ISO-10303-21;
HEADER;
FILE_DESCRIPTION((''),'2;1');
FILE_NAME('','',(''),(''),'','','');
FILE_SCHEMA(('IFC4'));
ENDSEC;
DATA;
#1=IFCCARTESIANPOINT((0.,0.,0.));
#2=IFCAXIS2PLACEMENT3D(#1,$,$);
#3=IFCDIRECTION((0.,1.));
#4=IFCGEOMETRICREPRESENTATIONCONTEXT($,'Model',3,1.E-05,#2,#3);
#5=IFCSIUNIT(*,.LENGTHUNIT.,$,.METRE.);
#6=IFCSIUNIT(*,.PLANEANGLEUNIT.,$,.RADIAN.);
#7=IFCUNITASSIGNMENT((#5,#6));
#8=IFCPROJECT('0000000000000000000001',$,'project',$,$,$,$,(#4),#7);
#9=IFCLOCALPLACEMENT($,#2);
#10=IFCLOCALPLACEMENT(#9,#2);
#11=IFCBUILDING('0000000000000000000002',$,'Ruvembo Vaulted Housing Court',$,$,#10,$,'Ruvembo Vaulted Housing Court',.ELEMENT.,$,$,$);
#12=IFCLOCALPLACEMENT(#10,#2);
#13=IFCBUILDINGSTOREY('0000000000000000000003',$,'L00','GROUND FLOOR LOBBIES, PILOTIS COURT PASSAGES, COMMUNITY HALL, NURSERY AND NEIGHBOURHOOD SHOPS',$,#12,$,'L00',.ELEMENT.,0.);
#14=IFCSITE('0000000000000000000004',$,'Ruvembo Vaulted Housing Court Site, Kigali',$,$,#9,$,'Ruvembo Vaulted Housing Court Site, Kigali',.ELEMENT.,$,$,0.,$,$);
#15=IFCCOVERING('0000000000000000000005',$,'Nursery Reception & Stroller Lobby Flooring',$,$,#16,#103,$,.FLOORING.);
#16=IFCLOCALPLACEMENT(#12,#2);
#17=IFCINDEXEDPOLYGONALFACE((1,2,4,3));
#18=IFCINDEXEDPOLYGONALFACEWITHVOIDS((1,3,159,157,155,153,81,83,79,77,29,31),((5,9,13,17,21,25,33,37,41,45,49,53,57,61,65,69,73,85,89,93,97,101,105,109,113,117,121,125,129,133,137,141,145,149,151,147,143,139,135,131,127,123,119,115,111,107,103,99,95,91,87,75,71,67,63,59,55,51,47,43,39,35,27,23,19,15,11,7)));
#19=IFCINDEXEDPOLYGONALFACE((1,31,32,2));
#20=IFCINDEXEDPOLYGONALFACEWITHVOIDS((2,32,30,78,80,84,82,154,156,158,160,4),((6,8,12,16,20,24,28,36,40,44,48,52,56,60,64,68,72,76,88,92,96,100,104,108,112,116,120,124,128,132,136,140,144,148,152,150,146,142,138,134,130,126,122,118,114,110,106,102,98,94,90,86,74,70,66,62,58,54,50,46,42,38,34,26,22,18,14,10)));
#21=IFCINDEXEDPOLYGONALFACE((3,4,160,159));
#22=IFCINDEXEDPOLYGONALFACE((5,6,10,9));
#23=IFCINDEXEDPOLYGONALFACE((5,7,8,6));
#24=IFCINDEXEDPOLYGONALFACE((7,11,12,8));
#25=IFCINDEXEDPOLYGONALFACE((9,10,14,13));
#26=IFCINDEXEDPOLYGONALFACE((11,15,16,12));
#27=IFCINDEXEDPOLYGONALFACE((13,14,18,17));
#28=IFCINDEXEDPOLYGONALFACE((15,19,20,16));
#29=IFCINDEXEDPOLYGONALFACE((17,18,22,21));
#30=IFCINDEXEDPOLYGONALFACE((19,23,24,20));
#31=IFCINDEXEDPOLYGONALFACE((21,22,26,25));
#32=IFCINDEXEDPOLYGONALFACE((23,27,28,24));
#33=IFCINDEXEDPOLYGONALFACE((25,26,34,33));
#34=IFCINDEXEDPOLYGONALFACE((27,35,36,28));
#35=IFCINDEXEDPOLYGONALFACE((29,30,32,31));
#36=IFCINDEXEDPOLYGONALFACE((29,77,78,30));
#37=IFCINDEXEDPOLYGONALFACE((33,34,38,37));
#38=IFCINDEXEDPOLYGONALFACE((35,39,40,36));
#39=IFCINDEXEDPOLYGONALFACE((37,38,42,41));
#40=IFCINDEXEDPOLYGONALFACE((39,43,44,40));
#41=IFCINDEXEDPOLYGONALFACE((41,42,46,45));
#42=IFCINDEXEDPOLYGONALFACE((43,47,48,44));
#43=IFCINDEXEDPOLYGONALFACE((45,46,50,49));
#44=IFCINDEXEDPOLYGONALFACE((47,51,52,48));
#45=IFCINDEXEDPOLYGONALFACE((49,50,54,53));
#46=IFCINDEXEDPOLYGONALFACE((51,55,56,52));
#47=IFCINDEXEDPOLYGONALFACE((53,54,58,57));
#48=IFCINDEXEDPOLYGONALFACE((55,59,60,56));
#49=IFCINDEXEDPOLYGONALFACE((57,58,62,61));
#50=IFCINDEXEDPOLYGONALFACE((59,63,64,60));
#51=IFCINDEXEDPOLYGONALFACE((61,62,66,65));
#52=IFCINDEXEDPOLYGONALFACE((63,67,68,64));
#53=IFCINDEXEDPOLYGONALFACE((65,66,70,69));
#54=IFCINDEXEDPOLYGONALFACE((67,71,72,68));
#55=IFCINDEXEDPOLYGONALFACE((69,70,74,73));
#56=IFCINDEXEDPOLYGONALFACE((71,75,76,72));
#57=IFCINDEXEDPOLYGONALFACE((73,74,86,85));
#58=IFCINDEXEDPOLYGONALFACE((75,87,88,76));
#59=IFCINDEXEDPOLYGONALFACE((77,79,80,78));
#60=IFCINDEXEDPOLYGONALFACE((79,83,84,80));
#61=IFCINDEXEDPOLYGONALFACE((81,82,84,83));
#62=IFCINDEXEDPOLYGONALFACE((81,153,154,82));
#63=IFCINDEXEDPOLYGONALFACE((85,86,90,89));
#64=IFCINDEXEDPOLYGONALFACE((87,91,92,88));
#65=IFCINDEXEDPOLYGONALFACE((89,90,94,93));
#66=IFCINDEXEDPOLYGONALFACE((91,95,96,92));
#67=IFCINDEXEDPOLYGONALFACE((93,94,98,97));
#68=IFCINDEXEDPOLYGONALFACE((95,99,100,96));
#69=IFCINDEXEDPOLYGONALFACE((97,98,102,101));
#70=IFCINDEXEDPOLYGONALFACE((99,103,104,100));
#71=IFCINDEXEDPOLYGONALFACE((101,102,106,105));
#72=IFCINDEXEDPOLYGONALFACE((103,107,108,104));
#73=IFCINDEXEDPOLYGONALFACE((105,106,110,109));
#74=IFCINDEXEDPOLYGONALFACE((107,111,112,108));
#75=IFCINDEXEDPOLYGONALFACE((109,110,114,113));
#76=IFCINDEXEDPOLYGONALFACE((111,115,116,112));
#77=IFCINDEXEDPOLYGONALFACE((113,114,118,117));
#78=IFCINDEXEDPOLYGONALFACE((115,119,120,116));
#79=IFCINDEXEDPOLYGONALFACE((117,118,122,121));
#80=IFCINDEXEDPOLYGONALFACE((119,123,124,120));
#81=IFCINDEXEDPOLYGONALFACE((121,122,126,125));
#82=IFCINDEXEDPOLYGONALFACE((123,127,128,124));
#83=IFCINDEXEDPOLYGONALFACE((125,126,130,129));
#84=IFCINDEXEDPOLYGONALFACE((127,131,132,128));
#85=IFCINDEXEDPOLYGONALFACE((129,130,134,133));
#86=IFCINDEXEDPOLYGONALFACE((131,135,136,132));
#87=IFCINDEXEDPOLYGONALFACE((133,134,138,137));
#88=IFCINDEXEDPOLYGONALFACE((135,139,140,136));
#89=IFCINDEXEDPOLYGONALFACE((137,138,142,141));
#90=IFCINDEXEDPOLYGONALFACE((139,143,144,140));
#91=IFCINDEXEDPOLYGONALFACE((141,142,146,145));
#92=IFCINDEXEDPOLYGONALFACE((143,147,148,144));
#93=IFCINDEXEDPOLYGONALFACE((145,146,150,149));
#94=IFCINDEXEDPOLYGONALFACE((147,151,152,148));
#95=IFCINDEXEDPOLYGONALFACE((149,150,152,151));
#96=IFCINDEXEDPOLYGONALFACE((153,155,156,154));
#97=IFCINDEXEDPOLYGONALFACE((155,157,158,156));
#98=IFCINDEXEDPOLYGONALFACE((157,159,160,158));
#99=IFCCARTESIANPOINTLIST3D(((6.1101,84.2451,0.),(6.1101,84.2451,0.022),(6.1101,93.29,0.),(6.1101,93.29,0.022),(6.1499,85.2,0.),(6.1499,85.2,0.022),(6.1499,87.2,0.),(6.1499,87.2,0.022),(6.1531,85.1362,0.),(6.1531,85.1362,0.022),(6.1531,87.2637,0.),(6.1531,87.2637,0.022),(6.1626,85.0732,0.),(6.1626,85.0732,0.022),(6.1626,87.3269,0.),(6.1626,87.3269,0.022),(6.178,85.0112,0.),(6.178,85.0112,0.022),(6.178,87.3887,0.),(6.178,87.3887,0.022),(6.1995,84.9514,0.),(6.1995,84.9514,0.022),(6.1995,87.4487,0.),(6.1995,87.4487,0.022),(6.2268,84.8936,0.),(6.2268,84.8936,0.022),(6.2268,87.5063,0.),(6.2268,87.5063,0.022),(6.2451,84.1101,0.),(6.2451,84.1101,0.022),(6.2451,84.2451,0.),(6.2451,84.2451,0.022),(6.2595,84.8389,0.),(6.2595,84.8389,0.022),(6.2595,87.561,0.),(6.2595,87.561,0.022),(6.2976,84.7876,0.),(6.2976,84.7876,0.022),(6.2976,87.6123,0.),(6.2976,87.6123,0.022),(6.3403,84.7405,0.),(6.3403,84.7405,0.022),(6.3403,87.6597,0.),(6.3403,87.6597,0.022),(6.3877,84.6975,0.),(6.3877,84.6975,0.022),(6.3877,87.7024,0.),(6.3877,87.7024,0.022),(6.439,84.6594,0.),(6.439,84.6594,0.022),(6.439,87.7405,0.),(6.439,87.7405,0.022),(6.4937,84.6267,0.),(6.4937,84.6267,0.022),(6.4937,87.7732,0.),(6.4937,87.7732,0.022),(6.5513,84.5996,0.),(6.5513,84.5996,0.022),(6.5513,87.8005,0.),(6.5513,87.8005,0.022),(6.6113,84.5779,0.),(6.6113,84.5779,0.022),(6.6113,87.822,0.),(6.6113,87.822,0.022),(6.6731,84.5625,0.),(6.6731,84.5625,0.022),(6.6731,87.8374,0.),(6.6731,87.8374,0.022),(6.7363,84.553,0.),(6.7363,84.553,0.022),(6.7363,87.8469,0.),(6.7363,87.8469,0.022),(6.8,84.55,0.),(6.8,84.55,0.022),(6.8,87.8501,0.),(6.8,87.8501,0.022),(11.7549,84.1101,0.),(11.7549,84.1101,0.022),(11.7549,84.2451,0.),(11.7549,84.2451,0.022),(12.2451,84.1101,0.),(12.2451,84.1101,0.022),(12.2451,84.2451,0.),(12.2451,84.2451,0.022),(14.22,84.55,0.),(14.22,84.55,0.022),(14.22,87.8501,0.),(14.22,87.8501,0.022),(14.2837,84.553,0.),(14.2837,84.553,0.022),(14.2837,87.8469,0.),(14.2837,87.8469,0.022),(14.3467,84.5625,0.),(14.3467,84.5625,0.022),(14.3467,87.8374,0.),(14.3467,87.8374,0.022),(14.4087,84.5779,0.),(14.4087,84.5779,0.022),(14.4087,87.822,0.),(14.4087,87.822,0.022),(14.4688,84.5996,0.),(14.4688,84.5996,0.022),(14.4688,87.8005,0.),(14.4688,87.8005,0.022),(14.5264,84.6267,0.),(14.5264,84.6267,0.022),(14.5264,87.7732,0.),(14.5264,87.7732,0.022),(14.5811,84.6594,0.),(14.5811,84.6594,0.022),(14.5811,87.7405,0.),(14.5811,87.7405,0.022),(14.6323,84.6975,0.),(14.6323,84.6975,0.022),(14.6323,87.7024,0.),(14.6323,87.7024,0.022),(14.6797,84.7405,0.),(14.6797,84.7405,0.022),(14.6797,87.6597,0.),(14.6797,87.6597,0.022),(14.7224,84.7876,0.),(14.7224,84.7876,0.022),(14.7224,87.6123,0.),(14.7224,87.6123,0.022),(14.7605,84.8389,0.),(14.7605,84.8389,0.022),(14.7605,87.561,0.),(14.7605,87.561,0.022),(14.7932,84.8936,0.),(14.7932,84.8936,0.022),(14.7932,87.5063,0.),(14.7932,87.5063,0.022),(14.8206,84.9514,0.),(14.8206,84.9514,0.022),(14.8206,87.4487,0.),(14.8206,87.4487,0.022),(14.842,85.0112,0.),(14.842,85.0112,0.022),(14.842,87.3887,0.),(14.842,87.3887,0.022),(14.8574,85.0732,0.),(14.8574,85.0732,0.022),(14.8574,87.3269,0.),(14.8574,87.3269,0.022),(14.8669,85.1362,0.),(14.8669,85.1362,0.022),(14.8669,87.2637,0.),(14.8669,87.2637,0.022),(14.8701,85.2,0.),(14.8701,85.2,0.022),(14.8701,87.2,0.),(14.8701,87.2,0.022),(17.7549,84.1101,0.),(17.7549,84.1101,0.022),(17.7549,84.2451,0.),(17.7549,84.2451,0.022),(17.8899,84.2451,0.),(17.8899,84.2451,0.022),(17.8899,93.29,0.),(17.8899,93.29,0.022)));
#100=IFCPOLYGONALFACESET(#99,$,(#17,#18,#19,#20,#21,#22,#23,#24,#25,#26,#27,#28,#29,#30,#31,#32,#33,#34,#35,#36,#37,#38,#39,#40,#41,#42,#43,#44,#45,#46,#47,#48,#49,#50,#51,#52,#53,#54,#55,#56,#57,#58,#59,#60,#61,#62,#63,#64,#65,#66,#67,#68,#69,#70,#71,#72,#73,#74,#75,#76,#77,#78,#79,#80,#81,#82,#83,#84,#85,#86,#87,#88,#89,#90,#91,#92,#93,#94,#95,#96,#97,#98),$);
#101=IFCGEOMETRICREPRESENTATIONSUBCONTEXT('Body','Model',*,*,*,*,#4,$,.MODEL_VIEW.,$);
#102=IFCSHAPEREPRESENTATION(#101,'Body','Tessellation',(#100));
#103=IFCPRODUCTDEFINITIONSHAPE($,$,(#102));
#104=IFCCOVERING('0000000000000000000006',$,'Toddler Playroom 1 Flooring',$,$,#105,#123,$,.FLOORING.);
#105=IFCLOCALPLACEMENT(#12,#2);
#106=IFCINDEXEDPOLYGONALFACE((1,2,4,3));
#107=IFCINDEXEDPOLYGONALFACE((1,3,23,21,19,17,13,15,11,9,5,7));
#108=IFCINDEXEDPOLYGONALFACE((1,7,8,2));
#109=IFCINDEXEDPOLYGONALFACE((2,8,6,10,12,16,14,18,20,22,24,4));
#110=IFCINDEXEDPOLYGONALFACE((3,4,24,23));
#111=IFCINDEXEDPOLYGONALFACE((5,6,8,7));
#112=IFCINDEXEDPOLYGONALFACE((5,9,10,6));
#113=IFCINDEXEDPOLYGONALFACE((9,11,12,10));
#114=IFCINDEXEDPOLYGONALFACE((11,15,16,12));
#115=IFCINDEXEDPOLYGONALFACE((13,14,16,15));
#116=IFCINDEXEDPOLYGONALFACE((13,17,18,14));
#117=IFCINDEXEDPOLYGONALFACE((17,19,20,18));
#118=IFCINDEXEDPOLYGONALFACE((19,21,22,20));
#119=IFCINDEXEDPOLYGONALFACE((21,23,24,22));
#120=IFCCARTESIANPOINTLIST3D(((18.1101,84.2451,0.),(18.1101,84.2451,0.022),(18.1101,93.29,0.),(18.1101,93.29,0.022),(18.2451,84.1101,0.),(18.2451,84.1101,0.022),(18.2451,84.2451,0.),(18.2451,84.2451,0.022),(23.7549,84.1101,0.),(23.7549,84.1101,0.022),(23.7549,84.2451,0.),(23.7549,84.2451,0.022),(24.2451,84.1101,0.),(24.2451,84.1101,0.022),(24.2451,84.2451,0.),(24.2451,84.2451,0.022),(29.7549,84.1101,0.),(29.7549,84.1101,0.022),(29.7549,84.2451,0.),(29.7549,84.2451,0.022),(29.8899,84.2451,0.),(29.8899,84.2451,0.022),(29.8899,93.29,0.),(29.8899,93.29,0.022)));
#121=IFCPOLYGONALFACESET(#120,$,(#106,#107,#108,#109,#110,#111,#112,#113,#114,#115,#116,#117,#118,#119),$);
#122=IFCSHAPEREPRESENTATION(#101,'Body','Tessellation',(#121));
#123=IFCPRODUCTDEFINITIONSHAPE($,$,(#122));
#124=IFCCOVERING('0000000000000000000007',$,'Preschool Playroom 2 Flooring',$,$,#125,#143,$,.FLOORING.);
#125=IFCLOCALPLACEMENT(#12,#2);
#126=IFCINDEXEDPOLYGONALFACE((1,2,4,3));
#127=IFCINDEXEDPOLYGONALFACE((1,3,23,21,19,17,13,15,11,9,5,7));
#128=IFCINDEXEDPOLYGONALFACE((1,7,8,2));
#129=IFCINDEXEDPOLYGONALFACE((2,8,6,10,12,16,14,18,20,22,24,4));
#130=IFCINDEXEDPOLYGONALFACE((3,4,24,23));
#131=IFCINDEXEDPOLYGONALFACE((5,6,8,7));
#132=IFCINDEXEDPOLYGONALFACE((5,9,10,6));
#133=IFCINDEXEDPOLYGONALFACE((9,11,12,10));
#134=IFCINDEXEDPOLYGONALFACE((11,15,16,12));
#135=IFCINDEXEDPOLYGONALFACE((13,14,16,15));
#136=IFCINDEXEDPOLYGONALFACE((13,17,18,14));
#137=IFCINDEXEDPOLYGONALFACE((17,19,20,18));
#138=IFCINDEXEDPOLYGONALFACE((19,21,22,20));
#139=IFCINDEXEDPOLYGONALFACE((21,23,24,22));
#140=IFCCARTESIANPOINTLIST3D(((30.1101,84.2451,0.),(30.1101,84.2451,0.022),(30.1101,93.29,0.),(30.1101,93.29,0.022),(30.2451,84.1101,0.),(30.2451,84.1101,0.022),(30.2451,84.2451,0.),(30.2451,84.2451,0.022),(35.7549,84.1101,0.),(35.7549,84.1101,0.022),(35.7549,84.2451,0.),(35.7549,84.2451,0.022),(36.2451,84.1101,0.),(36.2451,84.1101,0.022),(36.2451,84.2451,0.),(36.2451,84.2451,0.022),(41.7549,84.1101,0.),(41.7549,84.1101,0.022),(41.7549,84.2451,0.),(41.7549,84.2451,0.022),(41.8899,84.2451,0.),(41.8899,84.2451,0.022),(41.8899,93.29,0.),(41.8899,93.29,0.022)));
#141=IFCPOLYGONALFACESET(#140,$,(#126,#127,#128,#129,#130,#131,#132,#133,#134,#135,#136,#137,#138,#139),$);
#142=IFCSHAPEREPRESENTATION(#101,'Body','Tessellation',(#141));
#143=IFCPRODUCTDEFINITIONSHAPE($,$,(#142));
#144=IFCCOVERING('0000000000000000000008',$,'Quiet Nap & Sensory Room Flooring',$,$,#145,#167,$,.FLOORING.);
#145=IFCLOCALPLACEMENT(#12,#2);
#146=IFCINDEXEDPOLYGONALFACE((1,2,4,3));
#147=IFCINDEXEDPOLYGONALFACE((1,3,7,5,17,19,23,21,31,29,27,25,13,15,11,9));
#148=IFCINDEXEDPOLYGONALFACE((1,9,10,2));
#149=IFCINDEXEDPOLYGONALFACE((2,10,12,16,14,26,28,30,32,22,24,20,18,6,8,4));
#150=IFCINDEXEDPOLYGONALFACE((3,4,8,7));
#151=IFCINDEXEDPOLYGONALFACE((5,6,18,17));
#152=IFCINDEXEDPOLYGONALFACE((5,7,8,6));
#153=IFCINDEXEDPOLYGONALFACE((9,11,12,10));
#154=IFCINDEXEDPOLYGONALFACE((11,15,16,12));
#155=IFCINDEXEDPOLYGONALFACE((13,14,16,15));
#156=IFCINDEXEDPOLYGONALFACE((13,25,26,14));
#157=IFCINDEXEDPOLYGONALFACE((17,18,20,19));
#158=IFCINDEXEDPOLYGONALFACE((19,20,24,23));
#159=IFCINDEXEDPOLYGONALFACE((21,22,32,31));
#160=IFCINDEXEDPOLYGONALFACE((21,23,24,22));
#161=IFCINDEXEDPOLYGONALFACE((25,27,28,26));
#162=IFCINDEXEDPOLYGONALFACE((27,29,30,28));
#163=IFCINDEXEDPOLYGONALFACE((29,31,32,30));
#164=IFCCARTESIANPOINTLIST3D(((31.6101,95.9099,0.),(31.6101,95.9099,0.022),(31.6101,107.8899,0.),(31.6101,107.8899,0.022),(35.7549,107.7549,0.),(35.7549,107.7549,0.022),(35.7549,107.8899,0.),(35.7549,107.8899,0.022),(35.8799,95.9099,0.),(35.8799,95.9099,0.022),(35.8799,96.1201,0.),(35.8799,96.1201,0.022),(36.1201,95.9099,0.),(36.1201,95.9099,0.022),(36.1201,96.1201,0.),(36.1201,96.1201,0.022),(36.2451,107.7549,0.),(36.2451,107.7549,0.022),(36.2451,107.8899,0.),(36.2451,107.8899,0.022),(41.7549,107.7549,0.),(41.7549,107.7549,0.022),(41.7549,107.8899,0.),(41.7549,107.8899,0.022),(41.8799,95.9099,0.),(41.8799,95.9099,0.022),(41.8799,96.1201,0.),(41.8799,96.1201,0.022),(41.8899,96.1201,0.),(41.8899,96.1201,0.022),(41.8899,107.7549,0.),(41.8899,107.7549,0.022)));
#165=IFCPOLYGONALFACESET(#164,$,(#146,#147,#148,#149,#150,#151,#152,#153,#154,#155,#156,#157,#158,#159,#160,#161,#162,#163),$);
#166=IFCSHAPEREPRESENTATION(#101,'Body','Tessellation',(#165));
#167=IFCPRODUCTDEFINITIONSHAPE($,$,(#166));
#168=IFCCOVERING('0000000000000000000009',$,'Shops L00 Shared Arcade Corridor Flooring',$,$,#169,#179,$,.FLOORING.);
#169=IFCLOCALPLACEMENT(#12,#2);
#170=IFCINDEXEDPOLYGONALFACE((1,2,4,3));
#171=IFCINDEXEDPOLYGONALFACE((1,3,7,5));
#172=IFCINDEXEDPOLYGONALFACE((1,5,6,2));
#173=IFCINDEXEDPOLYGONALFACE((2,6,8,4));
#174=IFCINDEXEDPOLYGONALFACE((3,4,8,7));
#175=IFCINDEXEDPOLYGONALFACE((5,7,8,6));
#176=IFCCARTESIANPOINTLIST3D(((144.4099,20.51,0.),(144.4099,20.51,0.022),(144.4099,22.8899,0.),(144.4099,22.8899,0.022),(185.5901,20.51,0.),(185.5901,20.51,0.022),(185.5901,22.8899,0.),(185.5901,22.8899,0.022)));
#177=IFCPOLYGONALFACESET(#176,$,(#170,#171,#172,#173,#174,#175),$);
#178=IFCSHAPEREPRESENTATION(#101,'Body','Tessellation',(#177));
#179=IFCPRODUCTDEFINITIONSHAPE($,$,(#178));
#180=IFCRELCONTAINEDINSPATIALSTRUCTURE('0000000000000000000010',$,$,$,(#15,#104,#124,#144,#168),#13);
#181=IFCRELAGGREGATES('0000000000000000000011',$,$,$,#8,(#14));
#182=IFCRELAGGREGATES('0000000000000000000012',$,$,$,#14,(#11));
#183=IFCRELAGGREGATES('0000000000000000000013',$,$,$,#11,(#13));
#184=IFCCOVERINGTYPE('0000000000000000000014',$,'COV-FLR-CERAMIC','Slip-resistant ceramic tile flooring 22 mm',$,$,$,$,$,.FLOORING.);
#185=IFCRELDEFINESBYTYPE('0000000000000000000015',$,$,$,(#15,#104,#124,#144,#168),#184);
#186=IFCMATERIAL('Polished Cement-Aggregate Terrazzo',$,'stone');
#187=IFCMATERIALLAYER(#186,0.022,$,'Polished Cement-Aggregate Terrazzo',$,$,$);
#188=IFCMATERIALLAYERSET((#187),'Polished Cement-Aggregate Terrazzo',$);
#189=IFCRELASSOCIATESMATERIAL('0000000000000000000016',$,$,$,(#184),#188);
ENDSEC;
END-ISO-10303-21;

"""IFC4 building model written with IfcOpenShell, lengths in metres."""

from ifc_helpers import new_model, si_unit, direction, origin, place, context, subcontext, project, spatial, polyline, outline, extrude, material, layer, layer_set, type_object, element, save


model = new_model("IFC4")

# Units and contexts
model_context = context("Model", 3, precision=1e-05, world=origin(), true_north=direction((0.0, 1.0)))
body_context = subcontext(model_context, "Body", "Model", "MODEL_VIEW")
ifc_project = project(units=[si_unit("LENGTHUNIT", "METRE"), si_unit("PLANEANGLEUNIT", "RADIAN")], contexts=[model_context])

# Site, building, storey
site_placement = place(None, origin())
site = spatial("IfcSite", under=ifc_project, at=site_placement, Name="Ruvembo Vaulted Housing Court Site, Kigali", LongName="Ruvembo Vaulted Housing Court Site, Kigali", CompositionType="ELEMENT", RefElevation=0.0)
building_placement = place(site_placement, origin())
building = spatial("IfcBuilding", under=site, at=building_placement, Name="Ruvembo Vaulted Housing Court", LongName="Ruvembo Vaulted Housing Court", CompositionType="ELEMENT")
storey_placement = place(building_placement, origin())
storey = spatial("IfcBuildingStorey", under=building, at=storey_placement, Name="L00", Description="GROUND FLOOR LOBBIES, PILOTIS COURT PASSAGES, COMMUNITY HALL, NURSERY AND NEIGHBOURHOOD SHOPS", LongName="L00", CompositionType="ELEMENT", Elevation=0.0)

# Coverings
ifc_material_1 = material(Name="Polished Cement-Aggregate Terrazzo", Category="stone")
ifc_layer_1 = layer(ifc_material_1, 0.022, Name="Polished Cement-Aggregate Terrazzo")
ifc_layer_set_1 = layer_set([ifc_layer_1], Name="Polished Cement-Aggregate Terrazzo")
covering_type = type_object("IfcCoveringType", Name="COV-FLR-CERAMIC", Description="Slip-resistant ceramic tile flooring 22 mm", PredefinedType="FLOORING", material=ifc_layer_set_1)
covering_1_placement = place(storey_placement, origin())
element("IfcCovering", 1, at=covering_1_placement, inside=storey, type_object=covering_type, Name="Nursery Reception & Stroller Lobby Flooring", PredefinedType="FLOORING", context=body_context, shape_type="SweptSolid", body=[
    extrude(outline(polyline([(17.8899, 84.2451), (17.8899, 93.29), (6.1101, 93.29), (6.1101, 84.2451), (6.2451, 84.2451), (6.2451, 84.1101), (11.7549, 84.1101), (11.7549, 84.2451), (12.2451, 84.2451), (12.2451, 84.1101), (17.7549, 84.1101), (17.7549, 84.2451), (17.8899, 84.2451)]), holes=[polyline([(14.3467, 84.5625), (14.4087, 84.5779), (14.4688, 84.5996), (14.5264, 84.6267), (14.5811, 84.6594), (14.6323, 84.6975), (14.6797, 84.7405), (14.7224, 84.7876), (14.7605, 84.8389), (14.7932, 84.8936), (14.8206, 84.9514), (14.842, 85.0112), (14.8574, 85.0732), (14.8669, 85.1362), (14.8701, 85.2), (14.8701, 87.2), (14.8669, 87.2637), (14.8574, 87.3269), (14.842, 87.3887), (14.8206, 87.4487), (14.7932, 87.5063), (14.7605, 87.561), (14.7224, 87.6123), (14.6797, 87.6597), (14.6323, 87.7024), (14.5811, 87.7405), (14.5264, 87.7732), (14.4688, 87.8005), (14.4087, 87.822), (14.3467, 87.8374), (14.2837, 87.8469), (14.22, 87.8501), (6.8, 87.8501), (6.7363, 87.8469), (6.6731, 87.8374), (6.6113, 87.822), (6.5513, 87.8005), (6.4937, 87.7732), (6.439, 87.7405), (6.3877, 87.7024), (6.3403, 87.6597), (6.2976, 87.6123), (6.2595, 87.561), (6.2268, 87.5063), (6.1995, 87.4487), (6.178, 87.3887), (6.1626, 87.3269), (6.1531, 87.2637), (6.1499, 87.2), (6.1499, 85.2), (6.1531, 85.1362), (6.1626, 85.0732), (6.178, 85.0112), (6.1995, 84.9514), (6.2268, 84.8936), (6.2595, 84.8389), (6.2976, 84.7876), (6.3403, 84.7405), (6.3877, 84.6975), (6.439, 84.6594), (6.4937, 84.6267), (6.5513, 84.5996), (6.6113, 84.5779), (6.6731, 84.5625), (6.7363, 84.553), (6.8, 84.55), (14.22, 84.55), (14.2837, 84.553), (14.3467, 84.5625)])]), origin(), (0.0, 0.0, 1.0), 0.022),
])
covering_2_placement = place(storey_placement, origin())
element("IfcCovering", 2, at=covering_2_placement, inside=storey, type_object=covering_type, Name="Toddler Playroom 1 Flooring", PredefinedType="FLOORING", context=body_context, shape_type="SweptSolid", body=[
    extrude(outline(polyline([(29.8899, 84.2451), (29.8899, 93.29), (18.1101, 93.29), (18.1101, 84.2451), (18.2451, 84.2451), (18.2451, 84.1101), (23.7549, 84.1101), (23.7549, 84.2451), (24.2451, 84.2451), (24.2451, 84.1101), (29.7549, 84.1101), (29.7549, 84.2451), (29.8899, 84.2451)])), origin(), (0.0, 0.0, 1.0), 0.022),
])
covering_3_placement = place(storey_placement, origin())
element("IfcCovering", 3, at=covering_3_placement, inside=storey, type_object=covering_type, Name="Preschool Playroom 2 Flooring", PredefinedType="FLOORING", context=body_context, shape_type="SweptSolid", body=[
    extrude(outline(polyline([(41.8899, 84.2451), (41.8899, 93.29), (30.1101, 93.29), (30.1101, 84.2451), (30.2451, 84.2451), (30.2451, 84.1101), (35.7549, 84.1101), (35.7549, 84.2451), (36.2451, 84.2451), (36.2451, 84.1101), (41.7549, 84.1101), (41.7549, 84.2451), (41.8899, 84.2451)])), origin(), (0.0, 0.0, 1.0), 0.022),
])
covering_4_placement = place(storey_placement, origin())
element("IfcCovering", 4, at=covering_4_placement, inside=storey, type_object=covering_type, Name="Quiet Nap & Sensory Room Flooring", PredefinedType="FLOORING", context=body_context, shape_type="SweptSolid", body=[
    extrude(outline(polyline([(35.7549, 107.7549), (35.7549, 107.8899), (31.6101, 107.8899), (31.6101, 95.9099), (35.8799, 95.9099), (35.8799, 96.1201), (36.1201, 96.1201), (36.1201, 95.9099), (41.8799, 95.9099), (41.8799, 96.1201), (41.8899, 96.1201), (41.8899, 107.7549), (41.7549, 107.7549), (41.7549, 107.8899), (36.2451, 107.8899), (36.2451, 107.7549), (35.7549, 107.7549)])), origin(), (0.0, 0.0, 1.0), 0.022),
])
covering_5_placement = place(storey_placement, origin())
element("IfcCovering", 5, at=covering_5_placement, inside=storey, type_object=covering_type, Name="Shops L00 Shared Arcade Corridor Flooring", PredefinedType="FLOORING", context=body_context, shape_type="SweptSolid", body=[
    extrude(outline(polyline([(144.4099, 22.8899), (144.4099, 20.51), (185.5901, 20.51), (185.5901, 22.8899), (144.4099, 22.8899)])), origin(), (0.0, 0.0, 1.0), 0.022),
])

save(model, "model.ifc")
